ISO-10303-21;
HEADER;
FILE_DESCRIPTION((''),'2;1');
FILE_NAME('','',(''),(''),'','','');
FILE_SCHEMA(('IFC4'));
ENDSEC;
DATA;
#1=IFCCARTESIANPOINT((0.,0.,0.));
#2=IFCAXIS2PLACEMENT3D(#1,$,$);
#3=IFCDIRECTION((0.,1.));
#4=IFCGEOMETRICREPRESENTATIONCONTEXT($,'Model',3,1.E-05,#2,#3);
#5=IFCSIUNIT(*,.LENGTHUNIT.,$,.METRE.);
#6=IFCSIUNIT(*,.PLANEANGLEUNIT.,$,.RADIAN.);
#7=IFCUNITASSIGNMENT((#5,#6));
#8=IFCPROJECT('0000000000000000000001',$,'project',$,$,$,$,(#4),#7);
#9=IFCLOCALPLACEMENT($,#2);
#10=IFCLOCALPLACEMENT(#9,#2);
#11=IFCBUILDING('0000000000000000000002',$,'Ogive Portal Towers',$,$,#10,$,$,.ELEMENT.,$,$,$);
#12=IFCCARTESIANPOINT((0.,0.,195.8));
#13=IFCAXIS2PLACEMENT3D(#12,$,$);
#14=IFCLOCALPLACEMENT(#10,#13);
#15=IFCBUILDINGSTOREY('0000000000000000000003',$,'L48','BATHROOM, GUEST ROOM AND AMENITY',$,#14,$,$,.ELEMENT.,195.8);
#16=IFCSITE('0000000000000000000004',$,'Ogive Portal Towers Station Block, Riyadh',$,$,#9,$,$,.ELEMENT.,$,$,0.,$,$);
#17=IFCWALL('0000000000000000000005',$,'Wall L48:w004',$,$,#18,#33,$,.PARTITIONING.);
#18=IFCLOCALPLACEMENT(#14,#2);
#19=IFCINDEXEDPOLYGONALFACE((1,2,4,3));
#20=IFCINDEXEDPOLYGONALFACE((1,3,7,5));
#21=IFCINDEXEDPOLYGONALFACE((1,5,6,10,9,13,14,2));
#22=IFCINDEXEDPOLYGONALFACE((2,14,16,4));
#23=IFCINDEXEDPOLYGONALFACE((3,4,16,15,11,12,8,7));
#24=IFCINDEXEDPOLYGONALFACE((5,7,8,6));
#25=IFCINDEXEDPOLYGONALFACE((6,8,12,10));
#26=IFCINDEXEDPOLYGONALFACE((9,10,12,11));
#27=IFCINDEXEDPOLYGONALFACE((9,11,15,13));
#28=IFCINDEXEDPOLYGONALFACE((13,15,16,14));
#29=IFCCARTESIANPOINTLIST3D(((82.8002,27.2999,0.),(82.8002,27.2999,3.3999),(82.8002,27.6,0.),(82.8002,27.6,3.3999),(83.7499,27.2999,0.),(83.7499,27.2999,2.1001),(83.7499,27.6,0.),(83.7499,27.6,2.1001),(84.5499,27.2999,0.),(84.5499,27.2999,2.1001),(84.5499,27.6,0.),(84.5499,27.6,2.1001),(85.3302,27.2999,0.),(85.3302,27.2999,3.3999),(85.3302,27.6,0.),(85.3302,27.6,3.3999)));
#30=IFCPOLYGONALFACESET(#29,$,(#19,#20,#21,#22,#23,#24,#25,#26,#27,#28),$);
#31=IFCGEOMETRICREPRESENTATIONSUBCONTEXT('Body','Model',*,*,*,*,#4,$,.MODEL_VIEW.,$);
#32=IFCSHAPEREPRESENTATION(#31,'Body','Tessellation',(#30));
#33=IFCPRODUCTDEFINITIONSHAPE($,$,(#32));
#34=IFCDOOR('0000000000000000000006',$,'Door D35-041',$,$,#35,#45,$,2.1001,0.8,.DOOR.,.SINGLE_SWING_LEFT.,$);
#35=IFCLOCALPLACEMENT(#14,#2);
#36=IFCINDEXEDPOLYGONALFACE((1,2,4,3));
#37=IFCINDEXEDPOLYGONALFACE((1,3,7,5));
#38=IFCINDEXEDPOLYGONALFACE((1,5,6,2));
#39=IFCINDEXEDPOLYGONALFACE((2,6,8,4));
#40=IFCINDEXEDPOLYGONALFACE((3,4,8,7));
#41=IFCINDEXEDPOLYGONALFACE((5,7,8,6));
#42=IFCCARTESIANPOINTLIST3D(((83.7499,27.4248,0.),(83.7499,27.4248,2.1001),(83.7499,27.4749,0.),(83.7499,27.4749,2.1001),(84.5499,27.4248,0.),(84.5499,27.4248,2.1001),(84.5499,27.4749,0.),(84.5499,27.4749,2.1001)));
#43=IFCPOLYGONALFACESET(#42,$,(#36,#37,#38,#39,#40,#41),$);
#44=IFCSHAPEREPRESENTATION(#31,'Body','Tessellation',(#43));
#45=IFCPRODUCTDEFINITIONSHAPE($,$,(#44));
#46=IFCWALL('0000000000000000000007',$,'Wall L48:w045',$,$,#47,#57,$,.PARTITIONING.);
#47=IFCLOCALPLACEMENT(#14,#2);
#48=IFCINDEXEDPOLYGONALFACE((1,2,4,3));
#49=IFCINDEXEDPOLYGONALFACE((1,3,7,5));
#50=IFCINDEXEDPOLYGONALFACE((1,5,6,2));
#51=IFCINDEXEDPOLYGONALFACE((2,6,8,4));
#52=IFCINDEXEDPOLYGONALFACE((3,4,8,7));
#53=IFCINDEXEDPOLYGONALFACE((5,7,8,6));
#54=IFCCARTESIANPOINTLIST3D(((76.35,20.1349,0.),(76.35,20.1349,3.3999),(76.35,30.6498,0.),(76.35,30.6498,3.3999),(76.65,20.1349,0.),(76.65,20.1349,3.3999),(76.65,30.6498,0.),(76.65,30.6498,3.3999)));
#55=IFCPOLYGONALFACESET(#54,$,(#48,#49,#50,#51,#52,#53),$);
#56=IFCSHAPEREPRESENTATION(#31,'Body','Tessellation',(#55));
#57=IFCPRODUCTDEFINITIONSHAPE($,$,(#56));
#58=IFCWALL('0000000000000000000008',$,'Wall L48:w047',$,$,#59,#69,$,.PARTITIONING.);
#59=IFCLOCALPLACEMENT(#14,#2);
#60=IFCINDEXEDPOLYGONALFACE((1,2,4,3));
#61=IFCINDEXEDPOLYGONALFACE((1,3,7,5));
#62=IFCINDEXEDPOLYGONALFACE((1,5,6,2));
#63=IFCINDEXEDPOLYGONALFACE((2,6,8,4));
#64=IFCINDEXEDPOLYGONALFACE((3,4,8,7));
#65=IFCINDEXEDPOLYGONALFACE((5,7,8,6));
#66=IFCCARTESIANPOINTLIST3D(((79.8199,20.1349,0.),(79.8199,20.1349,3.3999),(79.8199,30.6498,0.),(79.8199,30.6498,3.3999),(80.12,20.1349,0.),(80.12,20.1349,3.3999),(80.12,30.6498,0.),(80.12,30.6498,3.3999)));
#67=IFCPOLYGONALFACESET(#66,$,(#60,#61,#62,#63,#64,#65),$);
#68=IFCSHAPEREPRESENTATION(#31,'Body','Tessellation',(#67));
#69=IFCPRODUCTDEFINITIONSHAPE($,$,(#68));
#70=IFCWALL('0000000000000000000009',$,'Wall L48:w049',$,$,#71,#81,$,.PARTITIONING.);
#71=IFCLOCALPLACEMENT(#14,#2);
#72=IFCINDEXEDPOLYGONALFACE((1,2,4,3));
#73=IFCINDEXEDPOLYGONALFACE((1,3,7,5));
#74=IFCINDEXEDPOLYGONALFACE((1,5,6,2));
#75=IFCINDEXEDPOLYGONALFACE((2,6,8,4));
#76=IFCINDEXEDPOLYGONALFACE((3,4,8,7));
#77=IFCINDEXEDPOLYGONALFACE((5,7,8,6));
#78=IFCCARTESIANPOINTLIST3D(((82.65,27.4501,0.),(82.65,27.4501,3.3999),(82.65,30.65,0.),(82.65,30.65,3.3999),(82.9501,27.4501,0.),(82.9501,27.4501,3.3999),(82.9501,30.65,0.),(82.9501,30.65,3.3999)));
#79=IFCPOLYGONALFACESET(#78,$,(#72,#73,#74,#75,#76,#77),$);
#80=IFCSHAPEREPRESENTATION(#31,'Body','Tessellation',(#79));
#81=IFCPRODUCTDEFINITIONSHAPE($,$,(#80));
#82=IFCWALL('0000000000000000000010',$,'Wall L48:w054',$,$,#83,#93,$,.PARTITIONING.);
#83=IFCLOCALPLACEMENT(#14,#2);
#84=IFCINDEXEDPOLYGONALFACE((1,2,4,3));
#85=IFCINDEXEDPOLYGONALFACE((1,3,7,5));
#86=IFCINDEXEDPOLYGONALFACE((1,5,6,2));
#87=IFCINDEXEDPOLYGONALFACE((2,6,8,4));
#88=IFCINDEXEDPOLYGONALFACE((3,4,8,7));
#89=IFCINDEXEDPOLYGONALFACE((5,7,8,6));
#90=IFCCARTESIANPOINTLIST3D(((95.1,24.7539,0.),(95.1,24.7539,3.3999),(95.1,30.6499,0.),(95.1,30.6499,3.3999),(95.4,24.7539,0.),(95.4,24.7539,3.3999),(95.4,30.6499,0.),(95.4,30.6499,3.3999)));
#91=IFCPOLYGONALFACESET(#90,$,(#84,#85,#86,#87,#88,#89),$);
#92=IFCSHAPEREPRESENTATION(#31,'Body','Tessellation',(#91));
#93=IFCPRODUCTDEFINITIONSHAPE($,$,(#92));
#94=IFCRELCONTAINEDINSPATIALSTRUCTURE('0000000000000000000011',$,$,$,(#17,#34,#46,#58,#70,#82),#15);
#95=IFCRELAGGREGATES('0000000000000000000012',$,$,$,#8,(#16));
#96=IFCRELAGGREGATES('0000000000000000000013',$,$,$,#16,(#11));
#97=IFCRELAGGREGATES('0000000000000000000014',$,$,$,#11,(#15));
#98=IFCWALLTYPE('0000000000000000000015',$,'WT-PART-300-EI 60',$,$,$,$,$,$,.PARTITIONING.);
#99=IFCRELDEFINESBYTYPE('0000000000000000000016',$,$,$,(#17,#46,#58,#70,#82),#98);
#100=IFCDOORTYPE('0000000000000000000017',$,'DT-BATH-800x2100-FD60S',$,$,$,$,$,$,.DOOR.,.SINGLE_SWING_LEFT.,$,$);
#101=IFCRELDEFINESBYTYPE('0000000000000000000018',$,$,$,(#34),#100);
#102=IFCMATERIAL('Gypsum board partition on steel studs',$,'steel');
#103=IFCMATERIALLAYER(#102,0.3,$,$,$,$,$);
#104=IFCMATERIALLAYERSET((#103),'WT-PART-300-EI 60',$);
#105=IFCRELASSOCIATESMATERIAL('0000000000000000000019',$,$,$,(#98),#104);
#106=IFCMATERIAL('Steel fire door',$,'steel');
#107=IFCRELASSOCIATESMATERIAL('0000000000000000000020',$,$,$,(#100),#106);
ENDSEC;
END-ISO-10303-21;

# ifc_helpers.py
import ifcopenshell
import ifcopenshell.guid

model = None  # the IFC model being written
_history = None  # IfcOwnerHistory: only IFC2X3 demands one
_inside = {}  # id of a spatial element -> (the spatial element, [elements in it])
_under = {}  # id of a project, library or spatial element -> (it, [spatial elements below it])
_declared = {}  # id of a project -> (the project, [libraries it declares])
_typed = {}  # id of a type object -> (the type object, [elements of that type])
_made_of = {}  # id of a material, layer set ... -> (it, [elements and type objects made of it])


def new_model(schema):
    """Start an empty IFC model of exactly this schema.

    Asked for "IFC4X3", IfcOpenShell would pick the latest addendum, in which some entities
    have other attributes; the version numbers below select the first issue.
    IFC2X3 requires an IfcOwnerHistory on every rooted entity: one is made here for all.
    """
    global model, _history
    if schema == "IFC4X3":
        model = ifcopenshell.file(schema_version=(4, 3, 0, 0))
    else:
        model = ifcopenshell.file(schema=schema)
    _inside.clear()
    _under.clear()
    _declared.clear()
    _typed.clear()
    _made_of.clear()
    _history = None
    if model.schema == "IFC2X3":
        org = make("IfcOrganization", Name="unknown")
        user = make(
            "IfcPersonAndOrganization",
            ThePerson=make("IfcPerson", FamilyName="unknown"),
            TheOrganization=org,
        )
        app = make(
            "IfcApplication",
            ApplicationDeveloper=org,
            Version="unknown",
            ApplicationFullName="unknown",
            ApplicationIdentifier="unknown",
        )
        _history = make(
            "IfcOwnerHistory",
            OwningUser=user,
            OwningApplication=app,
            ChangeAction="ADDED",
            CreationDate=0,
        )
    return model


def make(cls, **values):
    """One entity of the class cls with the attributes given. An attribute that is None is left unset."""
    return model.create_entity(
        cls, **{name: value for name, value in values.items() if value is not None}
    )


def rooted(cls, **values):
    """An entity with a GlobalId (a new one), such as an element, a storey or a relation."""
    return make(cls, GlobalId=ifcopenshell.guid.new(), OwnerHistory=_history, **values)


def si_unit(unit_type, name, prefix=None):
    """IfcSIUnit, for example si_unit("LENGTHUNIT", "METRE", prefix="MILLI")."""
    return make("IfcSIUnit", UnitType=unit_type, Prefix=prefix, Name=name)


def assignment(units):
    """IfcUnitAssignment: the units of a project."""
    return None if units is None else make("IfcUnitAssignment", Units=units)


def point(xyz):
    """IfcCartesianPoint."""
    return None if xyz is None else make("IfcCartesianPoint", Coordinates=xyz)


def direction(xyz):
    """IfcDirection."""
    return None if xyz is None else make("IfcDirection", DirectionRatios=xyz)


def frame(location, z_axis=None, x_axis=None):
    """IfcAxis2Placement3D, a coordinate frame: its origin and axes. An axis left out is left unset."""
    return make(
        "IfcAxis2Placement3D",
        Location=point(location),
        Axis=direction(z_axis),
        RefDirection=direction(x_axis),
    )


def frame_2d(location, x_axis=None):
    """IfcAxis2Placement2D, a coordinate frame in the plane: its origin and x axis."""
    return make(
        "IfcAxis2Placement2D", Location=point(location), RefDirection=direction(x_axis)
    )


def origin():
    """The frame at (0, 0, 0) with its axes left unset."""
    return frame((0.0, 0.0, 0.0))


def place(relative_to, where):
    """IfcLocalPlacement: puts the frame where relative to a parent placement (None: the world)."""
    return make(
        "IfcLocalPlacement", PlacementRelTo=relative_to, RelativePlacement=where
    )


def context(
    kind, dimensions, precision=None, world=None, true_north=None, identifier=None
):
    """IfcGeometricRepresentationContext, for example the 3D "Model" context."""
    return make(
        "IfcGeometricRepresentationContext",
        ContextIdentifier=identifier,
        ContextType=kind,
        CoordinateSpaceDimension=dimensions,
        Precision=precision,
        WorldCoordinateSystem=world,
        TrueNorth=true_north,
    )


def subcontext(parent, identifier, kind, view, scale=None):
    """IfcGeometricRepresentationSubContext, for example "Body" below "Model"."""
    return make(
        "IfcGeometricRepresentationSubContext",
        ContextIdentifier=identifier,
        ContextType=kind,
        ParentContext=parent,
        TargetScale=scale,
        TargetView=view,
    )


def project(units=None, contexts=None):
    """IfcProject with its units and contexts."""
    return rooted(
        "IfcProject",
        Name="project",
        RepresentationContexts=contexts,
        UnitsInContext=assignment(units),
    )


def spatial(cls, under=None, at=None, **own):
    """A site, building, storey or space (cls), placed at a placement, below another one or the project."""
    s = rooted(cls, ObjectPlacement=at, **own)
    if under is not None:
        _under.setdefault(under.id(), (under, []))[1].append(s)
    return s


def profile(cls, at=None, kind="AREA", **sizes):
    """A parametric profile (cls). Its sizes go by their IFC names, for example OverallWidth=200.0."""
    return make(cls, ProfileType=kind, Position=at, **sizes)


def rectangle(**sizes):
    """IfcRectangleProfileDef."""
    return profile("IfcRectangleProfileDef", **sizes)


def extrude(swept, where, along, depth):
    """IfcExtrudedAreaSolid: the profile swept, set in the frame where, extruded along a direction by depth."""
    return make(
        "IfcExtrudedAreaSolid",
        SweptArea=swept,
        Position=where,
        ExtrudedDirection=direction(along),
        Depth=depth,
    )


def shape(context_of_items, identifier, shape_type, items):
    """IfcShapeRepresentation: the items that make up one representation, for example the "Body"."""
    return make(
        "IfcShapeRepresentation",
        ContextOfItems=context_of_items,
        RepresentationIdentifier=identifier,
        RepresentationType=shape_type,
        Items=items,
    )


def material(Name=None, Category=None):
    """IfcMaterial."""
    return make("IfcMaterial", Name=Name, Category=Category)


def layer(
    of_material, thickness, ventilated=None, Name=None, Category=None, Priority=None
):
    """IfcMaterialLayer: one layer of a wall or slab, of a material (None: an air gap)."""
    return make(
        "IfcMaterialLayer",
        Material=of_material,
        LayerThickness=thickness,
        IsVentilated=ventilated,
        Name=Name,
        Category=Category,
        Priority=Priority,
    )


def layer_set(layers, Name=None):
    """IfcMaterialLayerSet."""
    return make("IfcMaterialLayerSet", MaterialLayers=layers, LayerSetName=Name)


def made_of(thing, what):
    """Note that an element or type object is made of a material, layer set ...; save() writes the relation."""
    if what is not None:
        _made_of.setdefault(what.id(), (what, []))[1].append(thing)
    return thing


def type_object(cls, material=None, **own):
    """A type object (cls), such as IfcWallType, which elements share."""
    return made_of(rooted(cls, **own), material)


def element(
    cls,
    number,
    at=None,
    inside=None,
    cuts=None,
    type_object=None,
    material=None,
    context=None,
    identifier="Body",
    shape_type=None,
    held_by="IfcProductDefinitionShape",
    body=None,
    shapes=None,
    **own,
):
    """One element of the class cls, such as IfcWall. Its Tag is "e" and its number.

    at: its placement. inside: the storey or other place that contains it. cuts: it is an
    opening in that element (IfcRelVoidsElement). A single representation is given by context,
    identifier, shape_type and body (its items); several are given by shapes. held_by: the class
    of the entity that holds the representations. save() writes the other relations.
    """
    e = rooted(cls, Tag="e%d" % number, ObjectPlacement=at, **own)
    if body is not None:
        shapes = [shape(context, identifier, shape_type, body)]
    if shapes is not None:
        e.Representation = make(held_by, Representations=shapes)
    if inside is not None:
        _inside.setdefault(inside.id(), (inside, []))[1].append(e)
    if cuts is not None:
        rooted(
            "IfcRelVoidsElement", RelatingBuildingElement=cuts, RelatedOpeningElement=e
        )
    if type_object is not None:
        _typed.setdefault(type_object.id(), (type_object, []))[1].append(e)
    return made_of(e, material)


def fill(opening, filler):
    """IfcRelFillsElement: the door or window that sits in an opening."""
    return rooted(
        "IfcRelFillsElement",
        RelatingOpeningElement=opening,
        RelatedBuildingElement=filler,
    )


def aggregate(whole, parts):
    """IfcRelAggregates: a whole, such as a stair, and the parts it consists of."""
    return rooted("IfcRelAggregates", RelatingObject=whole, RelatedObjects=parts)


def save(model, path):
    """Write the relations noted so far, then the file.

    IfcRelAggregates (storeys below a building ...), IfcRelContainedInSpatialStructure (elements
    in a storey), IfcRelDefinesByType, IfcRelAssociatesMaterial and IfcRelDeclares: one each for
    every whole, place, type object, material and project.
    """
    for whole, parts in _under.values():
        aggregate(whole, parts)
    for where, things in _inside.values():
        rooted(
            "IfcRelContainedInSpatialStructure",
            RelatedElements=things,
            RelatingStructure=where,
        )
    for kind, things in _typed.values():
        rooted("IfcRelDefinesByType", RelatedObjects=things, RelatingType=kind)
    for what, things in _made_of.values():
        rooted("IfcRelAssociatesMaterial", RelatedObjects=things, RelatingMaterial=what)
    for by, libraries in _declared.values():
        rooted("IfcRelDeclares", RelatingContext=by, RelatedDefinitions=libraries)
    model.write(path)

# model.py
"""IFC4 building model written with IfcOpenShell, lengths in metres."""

from ifc_helpers import new_model, si_unit, direction, frame, frame_2d, origin, place, context, subcontext, project, spatial, rectangle, extrude, material, layer, layer_set, type_object, element, fill, save


model = new_model("IFC4")

# Units and contexts
model_context = context("Model", 3, precision=1e-05, world=origin(), true_north=direction((0.0, 1.0)))
body_context = subcontext(model_context, "Body", "Model", "MODEL_VIEW")
ifc_project = project(units=[si_unit("LENGTHUNIT", "METRE"), si_unit("PLANEANGLEUNIT", "RADIAN")], contexts=[model_context])

# Site, building, storey
site_placement = place(None, origin())
site = spatial("IfcSite", under=ifc_project, at=site_placement, Name="Ogive Portal Towers Station Block, Riyadh", CompositionType="ELEMENT", RefElevation=0.0)
building_placement = place(site_placement, origin())
building = spatial("IfcBuilding", under=site, at=building_placement, Name="Ogive Portal Towers", CompositionType="ELEMENT")
storey_placement = place(building_placement, frame((0.0, 0.0, 195.8)))
storey = spatial("IfcBuildingStorey", under=building, at=storey_placement, Name="L48", Description="BATHROOM, GUEST ROOM AND AMENITY", CompositionType="ELEMENT", Elevation=195.8)

# Shared definitions
ifc_material_1 = material(Name="Steel fire door", Category="steel")

# Wall, opening, door
ifc_material_2 = material(Name="Gypsum board partition on steel studs", Category="steel")
ifc_layer_1 = layer(ifc_material_2, 0.3)
ifc_layer_set_1 = layer_set([ifc_layer_1], Name="WT-PART-300-EI 60")
wall_type_1 = type_object("IfcWallType", Name="WT-PART-300-EI 60", PredefinedType="PARTITIONING", material=ifc_layer_set_1)
wall_1_placement = place(storey_placement, frame((82.8, 27.45, 0.0), z_axis=(0.0, 0.0, 1.0), x_axis=(1.0, 0.0, 0.0)))
wall_1 = element("IfcWall", 1, at=wall_1_placement, inside=storey, type_object=wall_type_1, Name="Wall L48:w004", PredefinedType="PARTITIONING", context=body_context, shape_type="SweptSolid", body=[
    extrude(rectangle(XDim=2.53, YDim=0.3, at=frame_2d((1.2651, 0.0))), origin(), (0.0, 0.0, 1.0), 3.3999),
])
opening_1_placement = place(wall_1_placement, frame((0.95, 0.0, 0.0)))
opening_1 = element("IfcOpeningElement", 2, at=opening_1_placement, cuts=wall_1, PredefinedType="OPENING", context=body_context, shape_type="SweptSolid", body=[
    extrude(rectangle(XDim=0.8, YDim=2.1001, at=frame_2d((0.3999, 1.05))), frame((0.0, 0.1602, 0.0), z_axis=(0.0, -1.0, 0.0), x_axis=(1.0, 0.0, 0.0)), (0.0, 0.0, 1.0), 0.3201),
])
door_type_1 = type_object("IfcDoorType", Name="DT-BATH-800x2100-FD60S", OperationType="SINGLE_SWING_LEFT", PredefinedType="DOOR", material=ifc_material_1)
door_1_placement = place(opening_1_placement, origin())
door_1 = element("IfcDoor", 3, at=door_1_placement, inside=storey, type_object=door_type_1, Name="Door D35-041", OperationType="SINGLE_SWING_LEFT", OverallHeight=2.1001, OverallWidth=0.8, PredefinedType="DOOR", context=body_context, shape_type="SweptSolid", body=[
    extrude(rectangle(XDim=0.8, YDim=2.1001, at=frame_2d((0.3999, 1.05))), frame((0.0, 0.0249, 0.0), z_axis=(0.0, -1.0, 0.0), x_axis=(1.0, 0.0, 0.0)), (0.0, 0.0, 1.0), 0.05),
])
fill(opening_1, door_1)

# Walls
for number, where, z_axis, x_axis, name in (
    (4, (76.5, 20.135, 0.0), (0.0, 0.0, 1.0), (0.0, 1.0, 0.0), "Wall L48:w045"),
    (5, (79.97, 20.135, 0.0), (0.0, 0.0, 1.0), (0.0, 1.0, 0.0), "Wall L48:w047"),
):
    element("IfcWall", number, at=place(storey_placement, frame(where, z_axis=z_axis, x_axis=x_axis)), inside=storey, type_object=wall_type_1, Name=name, PredefinedType="PARTITIONING", context=body_context, shape_type="SweptSolid", body=[
        extrude(rectangle(XDim=10.5149, YDim=0.3, at=frame_2d((5.2573, 0.0))), origin(), (0.0, 0.0, 1.0), 3.3999),
    ])
wall_2_placement = place(storey_placement, frame((82.8, 27.45, 0.0), z_axis=(0.0, 0.0, 1.0), x_axis=(0.0, 1.0, 0.0)))
element("IfcWall", 6, at=wall_2_placement, inside=storey, type_object=wall_type_1, Name="Wall L48:w049", PredefinedType="PARTITIONING", context=body_context, shape_type="SweptSolid", body=[
    extrude(rectangle(XDim=3.2, YDim=0.3, at=frame_2d((1.6001, 0.0))), origin(), (0.0, 0.0, 1.0), 3.3999),
])
wall_3_placement = place(storey_placement, frame((95.25, 24.7539, 0.0), z_axis=(0.0, 0.0, 1.0), x_axis=(0.0, 1.0, 0.0)))
element("IfcWall", 7, at=wall_3_placement, inside=storey, type_object=wall_type_1, Name="Wall L48:w054", PredefinedType="PARTITIONING", context=body_context, shape_type="SweptSolid", body=[
    extrude(rectangle(XDim=5.896, YDim=0.3, at=frame_2d((2.948, 0.0))), origin(), (0.0, 0.0, 1.0), 3.3999),
])

save(model, "model.ifc")
